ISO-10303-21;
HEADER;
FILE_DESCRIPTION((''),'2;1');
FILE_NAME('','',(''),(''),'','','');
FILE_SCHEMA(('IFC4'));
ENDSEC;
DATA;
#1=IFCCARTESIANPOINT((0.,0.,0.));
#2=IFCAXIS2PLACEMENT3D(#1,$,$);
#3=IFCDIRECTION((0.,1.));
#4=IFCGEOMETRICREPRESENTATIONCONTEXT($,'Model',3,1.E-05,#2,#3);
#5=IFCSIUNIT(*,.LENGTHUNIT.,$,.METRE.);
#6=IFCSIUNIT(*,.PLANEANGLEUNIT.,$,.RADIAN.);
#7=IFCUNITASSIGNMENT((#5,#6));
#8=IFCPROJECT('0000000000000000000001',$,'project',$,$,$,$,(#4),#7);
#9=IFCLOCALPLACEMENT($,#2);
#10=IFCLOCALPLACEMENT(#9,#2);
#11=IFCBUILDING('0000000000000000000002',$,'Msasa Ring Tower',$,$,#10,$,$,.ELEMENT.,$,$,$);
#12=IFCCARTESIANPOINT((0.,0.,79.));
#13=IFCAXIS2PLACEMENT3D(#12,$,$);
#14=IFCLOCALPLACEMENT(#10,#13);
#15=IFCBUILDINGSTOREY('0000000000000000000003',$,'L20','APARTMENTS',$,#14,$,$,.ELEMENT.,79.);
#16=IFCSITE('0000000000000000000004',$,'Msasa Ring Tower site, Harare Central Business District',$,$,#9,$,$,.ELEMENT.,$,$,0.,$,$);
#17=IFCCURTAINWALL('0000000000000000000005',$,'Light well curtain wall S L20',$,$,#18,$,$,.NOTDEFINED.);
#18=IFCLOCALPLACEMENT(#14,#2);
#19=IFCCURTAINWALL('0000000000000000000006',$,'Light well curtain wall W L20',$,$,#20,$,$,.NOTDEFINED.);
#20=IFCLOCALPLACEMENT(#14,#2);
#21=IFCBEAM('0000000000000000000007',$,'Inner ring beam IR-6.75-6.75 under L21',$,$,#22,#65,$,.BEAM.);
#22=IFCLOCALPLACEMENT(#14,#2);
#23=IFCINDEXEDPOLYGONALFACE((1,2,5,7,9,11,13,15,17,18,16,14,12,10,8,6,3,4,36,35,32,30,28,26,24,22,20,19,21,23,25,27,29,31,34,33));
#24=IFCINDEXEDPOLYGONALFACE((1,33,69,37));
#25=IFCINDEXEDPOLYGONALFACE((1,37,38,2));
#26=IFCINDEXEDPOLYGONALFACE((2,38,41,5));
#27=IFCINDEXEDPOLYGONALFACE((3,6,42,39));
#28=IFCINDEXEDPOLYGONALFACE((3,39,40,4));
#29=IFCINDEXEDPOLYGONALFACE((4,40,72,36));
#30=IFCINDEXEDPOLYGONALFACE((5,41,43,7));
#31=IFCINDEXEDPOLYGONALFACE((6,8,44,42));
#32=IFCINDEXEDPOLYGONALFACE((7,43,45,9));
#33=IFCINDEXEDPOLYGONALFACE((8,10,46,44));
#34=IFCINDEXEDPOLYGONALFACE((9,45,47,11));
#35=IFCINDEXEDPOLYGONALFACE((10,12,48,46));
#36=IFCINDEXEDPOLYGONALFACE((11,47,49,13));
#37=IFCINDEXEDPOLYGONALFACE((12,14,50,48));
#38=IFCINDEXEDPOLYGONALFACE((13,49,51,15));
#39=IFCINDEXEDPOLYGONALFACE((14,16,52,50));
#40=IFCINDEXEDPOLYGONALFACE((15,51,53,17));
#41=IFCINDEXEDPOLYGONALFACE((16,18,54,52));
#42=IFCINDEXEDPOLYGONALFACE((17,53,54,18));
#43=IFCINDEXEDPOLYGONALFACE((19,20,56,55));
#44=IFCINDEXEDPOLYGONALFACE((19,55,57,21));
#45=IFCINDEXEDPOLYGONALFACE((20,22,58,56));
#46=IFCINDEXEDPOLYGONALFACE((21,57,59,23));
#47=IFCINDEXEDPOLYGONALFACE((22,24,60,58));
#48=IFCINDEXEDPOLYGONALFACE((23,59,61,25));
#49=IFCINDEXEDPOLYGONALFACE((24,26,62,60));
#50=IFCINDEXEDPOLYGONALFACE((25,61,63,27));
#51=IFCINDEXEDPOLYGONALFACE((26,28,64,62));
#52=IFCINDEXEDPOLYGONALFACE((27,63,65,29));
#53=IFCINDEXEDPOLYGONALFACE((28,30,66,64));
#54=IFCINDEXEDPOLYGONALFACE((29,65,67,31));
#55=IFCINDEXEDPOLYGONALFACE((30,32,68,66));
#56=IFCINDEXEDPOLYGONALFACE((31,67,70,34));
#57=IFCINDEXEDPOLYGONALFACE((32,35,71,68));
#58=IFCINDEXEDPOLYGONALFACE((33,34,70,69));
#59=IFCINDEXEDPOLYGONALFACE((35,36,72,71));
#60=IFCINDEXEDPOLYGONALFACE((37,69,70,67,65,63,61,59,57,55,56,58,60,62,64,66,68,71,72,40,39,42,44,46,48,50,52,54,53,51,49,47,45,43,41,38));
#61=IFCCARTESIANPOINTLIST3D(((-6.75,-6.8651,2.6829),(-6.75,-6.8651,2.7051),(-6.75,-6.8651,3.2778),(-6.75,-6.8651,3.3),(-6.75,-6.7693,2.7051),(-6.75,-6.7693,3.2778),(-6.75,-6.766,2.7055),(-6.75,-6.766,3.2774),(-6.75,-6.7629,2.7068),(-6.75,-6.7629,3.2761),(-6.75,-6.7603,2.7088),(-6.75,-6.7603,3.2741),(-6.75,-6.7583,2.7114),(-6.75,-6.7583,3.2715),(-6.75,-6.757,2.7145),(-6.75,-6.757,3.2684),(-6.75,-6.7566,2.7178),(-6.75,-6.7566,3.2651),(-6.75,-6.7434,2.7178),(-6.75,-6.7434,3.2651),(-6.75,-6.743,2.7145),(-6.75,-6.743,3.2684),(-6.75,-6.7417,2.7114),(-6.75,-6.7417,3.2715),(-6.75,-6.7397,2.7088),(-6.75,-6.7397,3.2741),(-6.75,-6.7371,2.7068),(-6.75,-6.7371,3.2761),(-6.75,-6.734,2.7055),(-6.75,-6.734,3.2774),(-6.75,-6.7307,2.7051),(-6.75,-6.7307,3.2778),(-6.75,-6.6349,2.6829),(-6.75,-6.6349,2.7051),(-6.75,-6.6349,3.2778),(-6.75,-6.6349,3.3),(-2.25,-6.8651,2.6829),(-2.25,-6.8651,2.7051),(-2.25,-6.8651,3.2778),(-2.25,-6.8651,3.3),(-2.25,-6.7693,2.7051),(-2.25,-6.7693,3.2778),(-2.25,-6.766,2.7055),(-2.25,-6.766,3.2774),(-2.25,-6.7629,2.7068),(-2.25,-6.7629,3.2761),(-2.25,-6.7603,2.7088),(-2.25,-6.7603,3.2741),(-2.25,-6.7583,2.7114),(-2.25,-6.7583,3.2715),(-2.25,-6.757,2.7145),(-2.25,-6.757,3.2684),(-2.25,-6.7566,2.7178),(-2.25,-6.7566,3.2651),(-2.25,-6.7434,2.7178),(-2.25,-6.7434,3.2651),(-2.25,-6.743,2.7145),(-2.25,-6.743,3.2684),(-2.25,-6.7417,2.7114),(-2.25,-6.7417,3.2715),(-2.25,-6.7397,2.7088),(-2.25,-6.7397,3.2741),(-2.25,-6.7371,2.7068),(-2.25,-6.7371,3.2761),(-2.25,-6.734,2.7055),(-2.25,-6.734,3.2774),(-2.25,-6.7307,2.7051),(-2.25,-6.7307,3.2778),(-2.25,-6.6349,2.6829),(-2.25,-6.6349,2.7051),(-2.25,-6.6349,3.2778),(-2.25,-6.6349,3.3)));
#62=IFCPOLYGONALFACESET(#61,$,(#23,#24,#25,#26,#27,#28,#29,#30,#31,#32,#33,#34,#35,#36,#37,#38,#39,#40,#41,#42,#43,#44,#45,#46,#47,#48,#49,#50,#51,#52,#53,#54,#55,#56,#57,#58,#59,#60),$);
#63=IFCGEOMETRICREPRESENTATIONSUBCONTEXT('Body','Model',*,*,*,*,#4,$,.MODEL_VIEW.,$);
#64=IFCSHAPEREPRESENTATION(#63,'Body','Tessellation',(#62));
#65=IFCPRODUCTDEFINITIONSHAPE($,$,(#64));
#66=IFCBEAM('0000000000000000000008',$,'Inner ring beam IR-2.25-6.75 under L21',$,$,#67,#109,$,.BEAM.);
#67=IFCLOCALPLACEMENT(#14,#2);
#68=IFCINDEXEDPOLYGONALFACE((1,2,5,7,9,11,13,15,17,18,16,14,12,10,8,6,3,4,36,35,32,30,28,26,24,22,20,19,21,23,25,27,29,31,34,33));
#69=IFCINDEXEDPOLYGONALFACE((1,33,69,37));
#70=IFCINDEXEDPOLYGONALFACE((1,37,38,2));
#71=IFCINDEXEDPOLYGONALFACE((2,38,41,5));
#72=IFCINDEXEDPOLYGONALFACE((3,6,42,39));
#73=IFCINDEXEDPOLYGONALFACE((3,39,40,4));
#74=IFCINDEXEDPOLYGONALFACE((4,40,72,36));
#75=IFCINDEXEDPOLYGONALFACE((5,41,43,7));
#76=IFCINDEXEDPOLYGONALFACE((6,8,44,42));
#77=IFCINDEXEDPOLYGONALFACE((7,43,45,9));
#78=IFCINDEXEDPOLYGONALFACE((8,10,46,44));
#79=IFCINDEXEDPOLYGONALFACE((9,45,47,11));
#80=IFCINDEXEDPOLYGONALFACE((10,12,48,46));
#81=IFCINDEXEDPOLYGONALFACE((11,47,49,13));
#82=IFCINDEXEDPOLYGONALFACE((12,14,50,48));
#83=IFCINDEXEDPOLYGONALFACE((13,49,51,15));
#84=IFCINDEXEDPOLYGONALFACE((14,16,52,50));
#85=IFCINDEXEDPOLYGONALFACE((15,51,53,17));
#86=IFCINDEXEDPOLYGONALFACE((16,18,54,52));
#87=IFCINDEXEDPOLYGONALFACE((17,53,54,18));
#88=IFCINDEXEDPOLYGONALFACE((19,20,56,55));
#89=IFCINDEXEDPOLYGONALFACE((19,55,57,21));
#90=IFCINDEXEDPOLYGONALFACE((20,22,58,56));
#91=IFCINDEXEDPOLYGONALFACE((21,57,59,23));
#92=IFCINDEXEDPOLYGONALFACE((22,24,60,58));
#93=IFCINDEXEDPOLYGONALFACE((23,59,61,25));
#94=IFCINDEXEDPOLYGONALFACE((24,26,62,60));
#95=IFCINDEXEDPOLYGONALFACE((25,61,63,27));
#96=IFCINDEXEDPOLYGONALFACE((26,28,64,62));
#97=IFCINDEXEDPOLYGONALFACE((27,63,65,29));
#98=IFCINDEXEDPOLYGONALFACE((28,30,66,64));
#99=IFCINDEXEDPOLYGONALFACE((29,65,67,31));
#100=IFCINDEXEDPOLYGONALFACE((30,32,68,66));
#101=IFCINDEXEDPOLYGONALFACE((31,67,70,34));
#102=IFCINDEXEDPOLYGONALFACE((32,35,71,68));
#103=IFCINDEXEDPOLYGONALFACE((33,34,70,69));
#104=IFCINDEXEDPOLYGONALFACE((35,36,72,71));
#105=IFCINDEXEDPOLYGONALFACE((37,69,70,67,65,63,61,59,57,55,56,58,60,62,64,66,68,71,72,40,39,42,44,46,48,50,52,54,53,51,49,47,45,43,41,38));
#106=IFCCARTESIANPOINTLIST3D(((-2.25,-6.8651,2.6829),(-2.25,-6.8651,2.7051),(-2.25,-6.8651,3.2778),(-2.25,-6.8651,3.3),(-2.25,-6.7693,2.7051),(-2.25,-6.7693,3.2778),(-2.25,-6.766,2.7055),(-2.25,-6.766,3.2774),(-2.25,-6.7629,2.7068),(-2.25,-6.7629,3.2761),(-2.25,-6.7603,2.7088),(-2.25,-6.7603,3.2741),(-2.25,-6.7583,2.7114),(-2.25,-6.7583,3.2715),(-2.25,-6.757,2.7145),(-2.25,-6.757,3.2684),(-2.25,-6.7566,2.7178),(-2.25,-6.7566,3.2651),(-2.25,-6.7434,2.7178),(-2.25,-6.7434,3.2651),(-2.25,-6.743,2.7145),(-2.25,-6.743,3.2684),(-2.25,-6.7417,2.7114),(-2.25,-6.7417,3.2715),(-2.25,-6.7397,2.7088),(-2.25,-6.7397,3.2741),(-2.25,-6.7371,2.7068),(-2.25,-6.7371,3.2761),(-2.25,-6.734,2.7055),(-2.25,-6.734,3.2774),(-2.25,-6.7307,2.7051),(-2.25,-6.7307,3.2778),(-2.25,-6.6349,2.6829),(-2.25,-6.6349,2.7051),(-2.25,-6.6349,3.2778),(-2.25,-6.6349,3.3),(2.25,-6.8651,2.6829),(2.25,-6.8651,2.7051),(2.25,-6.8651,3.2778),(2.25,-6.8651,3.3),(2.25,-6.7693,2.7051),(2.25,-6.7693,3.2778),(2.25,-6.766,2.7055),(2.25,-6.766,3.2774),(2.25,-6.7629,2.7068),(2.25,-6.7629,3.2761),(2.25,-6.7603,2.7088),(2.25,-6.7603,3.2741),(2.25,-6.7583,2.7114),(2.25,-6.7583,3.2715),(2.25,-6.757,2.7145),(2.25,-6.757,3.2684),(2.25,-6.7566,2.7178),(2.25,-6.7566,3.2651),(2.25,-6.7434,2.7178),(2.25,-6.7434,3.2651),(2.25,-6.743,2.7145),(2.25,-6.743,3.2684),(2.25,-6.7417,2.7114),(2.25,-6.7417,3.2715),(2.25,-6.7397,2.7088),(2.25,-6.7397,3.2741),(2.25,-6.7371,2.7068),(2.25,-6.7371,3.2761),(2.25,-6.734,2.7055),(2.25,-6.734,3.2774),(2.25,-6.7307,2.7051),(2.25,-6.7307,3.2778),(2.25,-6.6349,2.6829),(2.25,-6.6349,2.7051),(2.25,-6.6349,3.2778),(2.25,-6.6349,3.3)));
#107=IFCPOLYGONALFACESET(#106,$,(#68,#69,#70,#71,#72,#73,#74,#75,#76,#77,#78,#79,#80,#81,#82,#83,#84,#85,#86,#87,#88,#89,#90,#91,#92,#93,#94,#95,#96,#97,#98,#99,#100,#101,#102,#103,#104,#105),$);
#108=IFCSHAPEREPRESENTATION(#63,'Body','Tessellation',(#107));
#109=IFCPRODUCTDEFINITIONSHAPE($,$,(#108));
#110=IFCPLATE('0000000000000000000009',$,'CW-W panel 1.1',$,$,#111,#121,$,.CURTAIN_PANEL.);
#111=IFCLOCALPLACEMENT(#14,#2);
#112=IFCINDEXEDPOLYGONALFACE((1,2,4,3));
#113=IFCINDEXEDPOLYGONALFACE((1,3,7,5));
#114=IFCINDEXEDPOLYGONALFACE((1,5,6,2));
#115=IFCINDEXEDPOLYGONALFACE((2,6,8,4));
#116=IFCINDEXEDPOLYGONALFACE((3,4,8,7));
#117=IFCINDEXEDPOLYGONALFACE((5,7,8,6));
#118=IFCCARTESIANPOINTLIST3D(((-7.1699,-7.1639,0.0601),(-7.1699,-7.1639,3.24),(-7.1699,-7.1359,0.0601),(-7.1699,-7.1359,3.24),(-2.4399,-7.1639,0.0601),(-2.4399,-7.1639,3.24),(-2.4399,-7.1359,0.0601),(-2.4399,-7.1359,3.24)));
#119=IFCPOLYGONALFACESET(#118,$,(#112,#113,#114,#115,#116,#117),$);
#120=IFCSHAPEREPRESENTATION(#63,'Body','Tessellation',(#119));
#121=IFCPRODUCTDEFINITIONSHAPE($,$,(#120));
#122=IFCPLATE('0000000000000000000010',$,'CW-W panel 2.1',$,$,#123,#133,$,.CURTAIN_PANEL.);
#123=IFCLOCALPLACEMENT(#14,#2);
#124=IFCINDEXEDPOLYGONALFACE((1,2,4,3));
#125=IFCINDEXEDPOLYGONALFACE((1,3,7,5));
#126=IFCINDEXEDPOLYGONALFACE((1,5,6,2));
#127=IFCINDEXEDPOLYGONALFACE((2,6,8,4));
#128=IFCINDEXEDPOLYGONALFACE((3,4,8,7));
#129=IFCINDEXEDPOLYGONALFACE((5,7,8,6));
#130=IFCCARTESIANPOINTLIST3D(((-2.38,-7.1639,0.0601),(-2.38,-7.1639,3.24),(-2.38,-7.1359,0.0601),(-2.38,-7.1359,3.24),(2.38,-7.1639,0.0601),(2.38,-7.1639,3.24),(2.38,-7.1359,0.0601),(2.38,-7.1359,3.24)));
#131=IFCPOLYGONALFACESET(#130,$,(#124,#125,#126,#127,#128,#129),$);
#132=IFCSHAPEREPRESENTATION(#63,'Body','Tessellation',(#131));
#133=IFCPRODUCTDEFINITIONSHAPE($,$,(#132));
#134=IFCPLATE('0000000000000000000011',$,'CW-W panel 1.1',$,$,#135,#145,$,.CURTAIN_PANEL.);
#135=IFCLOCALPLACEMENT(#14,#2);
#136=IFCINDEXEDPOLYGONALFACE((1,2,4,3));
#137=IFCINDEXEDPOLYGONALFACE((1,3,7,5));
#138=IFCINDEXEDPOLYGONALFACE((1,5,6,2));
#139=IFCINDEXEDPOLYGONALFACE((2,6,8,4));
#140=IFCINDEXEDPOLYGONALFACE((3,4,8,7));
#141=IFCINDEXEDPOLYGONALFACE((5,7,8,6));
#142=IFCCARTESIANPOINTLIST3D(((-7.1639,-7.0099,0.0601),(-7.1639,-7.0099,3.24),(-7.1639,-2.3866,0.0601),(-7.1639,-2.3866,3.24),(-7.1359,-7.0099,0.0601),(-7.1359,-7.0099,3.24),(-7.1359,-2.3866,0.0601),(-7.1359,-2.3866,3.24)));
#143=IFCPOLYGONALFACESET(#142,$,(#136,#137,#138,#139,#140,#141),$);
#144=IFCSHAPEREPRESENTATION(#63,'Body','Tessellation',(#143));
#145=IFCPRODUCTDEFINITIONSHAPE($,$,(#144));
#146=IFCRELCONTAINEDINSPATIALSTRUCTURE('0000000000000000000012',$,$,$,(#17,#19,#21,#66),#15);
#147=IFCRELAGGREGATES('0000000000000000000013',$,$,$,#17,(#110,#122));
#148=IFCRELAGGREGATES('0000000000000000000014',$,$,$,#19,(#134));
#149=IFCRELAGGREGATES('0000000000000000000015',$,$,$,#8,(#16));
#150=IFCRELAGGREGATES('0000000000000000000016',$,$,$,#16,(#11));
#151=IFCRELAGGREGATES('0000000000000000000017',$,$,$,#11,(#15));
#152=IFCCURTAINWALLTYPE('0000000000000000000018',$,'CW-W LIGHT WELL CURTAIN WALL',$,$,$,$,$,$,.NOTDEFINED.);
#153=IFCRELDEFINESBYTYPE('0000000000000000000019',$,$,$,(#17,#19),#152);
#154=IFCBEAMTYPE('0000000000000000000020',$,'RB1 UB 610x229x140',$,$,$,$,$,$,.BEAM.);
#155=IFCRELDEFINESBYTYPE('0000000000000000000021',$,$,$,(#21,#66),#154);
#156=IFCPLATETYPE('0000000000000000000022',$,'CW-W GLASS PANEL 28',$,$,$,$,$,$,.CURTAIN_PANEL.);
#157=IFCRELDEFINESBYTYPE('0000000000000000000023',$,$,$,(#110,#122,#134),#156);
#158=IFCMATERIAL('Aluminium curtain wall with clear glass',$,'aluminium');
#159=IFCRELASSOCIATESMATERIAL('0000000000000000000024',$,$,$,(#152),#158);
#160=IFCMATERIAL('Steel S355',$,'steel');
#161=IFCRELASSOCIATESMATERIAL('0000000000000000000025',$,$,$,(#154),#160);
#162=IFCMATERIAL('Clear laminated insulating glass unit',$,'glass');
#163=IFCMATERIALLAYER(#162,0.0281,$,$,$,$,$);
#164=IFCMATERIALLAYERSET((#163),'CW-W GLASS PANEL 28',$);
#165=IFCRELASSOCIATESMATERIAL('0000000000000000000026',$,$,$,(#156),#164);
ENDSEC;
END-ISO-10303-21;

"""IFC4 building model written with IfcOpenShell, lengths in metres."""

from ifc_helpers import new_model, si_unit, direction, frame, origin, origin_2d, place, context, subcontext, project, spatial, rectangle, i_section, extrude, material, layer, layer_set, material_profile, profile_set, type_object, element, aggregate, save


model = new_model("IFC4")

# Units and contexts
model_context = context("Model", 3, precision=1e-05, world=origin(), true_north=direction((0.0, 1.0)))
body_context = subcontext(model_context, "Body", "Model", "MODEL_VIEW")
ifc_project = project(units=[si_unit("LENGTHUNIT", "METRE"), si_unit("PLANEANGLEUNIT", "RADIAN")], contexts=[model_context])

# Site, building, storey
site_placement = place(None, origin())
site = spatial("IfcSite", under=ifc_project, at=site_placement, Name="Msasa Ring Tower site, Harare Central Business District", CompositionType="ELEMENT", RefElevation=0.0)
building_placement = place(site_placement, origin())
building = spatial("IfcBuilding", under=site, at=building_placement, Name="Msasa Ring Tower", CompositionType="ELEMENT")
storey_placement = place(building_placement, frame((0.0, 0.0, 79.0)))
storey = spatial("IfcBuildingStorey", under=building, at=storey_placement, Name="L20", Description="APARTMENTS", CompositionType="ELEMENT", Elevation=79.0)

# Curtain walls
ifc_material_1 = material(Name="Aluminium curtain wall with clear glass", Category="aluminium")
curtain_wall_type = type_object("IfcCurtainWallType", Name="CW-W LIGHT WELL CURTAIN WALL", PredefinedType="NOTDEFINED", material=ifc_material_1)
curtain_wall_1_placement = place(storey_placement, origin())
curtain_wall_1 = element("IfcCurtainWall", 1, at=curtain_wall_1_placement, inside=storey, type_object=curtain_wall_type, Name="Light well curtain wall S L20", PredefinedType="NOTDEFINED")
curtain_wall_2_placement = place(storey_placement, origin())
curtain_wall_2 = element("IfcCurtainWall", 2, at=curtain_wall_2_placement, inside=storey, type_object=curtain_wall_type, Name="Light well curtain wall W L20", PredefinedType="NOTDEFINED")

# Beams
ifc_material_2 = material(Name="Steel S355", Category="steel")
ifc_material_profile_1 = material_profile(ifc_material_2, i_section(OverallWidth=0.2302, OverallDepth=0.6172, WebThickness=0.0132, FlangeThickness=0.0222, FilletRadius=0.0127, at=origin_2d()), Name="UB 610x229x140")
ifc_profile_set_1 = profile_set([ifc_material_profile_1], Name="Steel S355")
beam_type = type_object("IfcBeamType", Name="RB1 UB 610x229x140", PredefinedType="BEAM", material=ifc_profile_set_1)
for number, where, z_axis, x_axis, name in (
    (3, (-6.75, -6.75, 2.9915), (1.0, 0.0, 0.0), (0.0, 1.0, 0.0), "Inner ring beam IR-6.75-6.75 under L21"),
    (4, (-2.25, -6.75, 2.9915), (1.0, 0.0, 0.0), (0.0, 1.0, 0.0), "Inner ring beam IR-2.25-6.75 under L21"),
):
    element("IfcBeam", number, at=place(storey_placement, frame(where, z_axis=z_axis, x_axis=x_axis)), inside=storey, type_object=beam_type, Name=name, PredefinedType="BEAM", context=body_context, shape_type="SweptSolid", body=[
        extrude(i_section(OverallWidth=0.2302, OverallDepth=0.6172, WebThickness=0.0132, FlangeThickness=0.0222, FilletRadius=0.0127, at=origin_2d()), origin(), (0.0, 0.0, 1.0), 4.5),
    ])

# Plates
ifc_material_3 = material(Name="Clear laminated insulating glass unit", Category="glass")
ifc_layer = layer(ifc_material_3, 0.0281)
ifc_layer_set = layer_set([ifc_layer], Name="CW-W GLASS PANEL 28")
plate_type = type_object("IfcPlateType", Name="CW-W GLASS PANEL 28", PredefinedType="CURTAIN_PANEL", material=ifc_layer_set)
plate_1_placement = place(storey_placement, frame((-4.8049, -7.1499, 0.0601), z_axis=(0.0, 0.0, 1.0), x_axis=(1.0, 0.0, 0.0)))
plate_1 = element("IfcPlate", 5, at=plate_1_placement, type_object=plate_type, Name="CW-W panel 1.1", PredefinedType="CURTAIN_PANEL", context=body_context, shape_type="SweptSolid", body=[
    extrude(rectangle(XDim=4.73, YDim=0.0281, at=origin_2d()), origin(), (0.0, 0.0, 1.0), 3.1799),
])
plate_2_placement = place(storey_placement, frame((0.0, -7.1499, 0.0601), z_axis=(0.0, 0.0, 1.0), x_axis=(1.0, 0.0, 0.0)))
plate_2 = element("IfcPlate", 6, at=plate_2_placement, type_object=plate_type, Name="CW-W panel 2.1", PredefinedType="CURTAIN_PANEL", context=body_context, shape_type="SweptSolid", body=[
    extrude(rectangle(XDim=4.76, YDim=0.0281, at=origin_2d()), origin(), (0.0, 0.0, 1.0), 3.1799),
])
aggregate(curtain_wall_1, [plate_1, plate_2])
plate_3_placement = place(storey_placement, frame((-7.1499, -4.6982, 0.0601), z_axis=(0.0, 0.0, 1.0), x_axis=(0.0, 1.0, 0.0)))
plate_3 = element("IfcPlate", 7, at=plate_3_placement, type_object=plate_type, Name="CW-W panel 1.1", PredefinedType="CURTAIN_PANEL", context=body_context, shape_type="SweptSolid", body=[
    extrude(rectangle(XDim=4.6233, YDim=0.0281, at=origin_2d()), origin(), (0.0, 0.0, 1.0), 3.1799),
])
aggregate(curtain_wall_2, [plate_3])

save(model, "model.ifc")
